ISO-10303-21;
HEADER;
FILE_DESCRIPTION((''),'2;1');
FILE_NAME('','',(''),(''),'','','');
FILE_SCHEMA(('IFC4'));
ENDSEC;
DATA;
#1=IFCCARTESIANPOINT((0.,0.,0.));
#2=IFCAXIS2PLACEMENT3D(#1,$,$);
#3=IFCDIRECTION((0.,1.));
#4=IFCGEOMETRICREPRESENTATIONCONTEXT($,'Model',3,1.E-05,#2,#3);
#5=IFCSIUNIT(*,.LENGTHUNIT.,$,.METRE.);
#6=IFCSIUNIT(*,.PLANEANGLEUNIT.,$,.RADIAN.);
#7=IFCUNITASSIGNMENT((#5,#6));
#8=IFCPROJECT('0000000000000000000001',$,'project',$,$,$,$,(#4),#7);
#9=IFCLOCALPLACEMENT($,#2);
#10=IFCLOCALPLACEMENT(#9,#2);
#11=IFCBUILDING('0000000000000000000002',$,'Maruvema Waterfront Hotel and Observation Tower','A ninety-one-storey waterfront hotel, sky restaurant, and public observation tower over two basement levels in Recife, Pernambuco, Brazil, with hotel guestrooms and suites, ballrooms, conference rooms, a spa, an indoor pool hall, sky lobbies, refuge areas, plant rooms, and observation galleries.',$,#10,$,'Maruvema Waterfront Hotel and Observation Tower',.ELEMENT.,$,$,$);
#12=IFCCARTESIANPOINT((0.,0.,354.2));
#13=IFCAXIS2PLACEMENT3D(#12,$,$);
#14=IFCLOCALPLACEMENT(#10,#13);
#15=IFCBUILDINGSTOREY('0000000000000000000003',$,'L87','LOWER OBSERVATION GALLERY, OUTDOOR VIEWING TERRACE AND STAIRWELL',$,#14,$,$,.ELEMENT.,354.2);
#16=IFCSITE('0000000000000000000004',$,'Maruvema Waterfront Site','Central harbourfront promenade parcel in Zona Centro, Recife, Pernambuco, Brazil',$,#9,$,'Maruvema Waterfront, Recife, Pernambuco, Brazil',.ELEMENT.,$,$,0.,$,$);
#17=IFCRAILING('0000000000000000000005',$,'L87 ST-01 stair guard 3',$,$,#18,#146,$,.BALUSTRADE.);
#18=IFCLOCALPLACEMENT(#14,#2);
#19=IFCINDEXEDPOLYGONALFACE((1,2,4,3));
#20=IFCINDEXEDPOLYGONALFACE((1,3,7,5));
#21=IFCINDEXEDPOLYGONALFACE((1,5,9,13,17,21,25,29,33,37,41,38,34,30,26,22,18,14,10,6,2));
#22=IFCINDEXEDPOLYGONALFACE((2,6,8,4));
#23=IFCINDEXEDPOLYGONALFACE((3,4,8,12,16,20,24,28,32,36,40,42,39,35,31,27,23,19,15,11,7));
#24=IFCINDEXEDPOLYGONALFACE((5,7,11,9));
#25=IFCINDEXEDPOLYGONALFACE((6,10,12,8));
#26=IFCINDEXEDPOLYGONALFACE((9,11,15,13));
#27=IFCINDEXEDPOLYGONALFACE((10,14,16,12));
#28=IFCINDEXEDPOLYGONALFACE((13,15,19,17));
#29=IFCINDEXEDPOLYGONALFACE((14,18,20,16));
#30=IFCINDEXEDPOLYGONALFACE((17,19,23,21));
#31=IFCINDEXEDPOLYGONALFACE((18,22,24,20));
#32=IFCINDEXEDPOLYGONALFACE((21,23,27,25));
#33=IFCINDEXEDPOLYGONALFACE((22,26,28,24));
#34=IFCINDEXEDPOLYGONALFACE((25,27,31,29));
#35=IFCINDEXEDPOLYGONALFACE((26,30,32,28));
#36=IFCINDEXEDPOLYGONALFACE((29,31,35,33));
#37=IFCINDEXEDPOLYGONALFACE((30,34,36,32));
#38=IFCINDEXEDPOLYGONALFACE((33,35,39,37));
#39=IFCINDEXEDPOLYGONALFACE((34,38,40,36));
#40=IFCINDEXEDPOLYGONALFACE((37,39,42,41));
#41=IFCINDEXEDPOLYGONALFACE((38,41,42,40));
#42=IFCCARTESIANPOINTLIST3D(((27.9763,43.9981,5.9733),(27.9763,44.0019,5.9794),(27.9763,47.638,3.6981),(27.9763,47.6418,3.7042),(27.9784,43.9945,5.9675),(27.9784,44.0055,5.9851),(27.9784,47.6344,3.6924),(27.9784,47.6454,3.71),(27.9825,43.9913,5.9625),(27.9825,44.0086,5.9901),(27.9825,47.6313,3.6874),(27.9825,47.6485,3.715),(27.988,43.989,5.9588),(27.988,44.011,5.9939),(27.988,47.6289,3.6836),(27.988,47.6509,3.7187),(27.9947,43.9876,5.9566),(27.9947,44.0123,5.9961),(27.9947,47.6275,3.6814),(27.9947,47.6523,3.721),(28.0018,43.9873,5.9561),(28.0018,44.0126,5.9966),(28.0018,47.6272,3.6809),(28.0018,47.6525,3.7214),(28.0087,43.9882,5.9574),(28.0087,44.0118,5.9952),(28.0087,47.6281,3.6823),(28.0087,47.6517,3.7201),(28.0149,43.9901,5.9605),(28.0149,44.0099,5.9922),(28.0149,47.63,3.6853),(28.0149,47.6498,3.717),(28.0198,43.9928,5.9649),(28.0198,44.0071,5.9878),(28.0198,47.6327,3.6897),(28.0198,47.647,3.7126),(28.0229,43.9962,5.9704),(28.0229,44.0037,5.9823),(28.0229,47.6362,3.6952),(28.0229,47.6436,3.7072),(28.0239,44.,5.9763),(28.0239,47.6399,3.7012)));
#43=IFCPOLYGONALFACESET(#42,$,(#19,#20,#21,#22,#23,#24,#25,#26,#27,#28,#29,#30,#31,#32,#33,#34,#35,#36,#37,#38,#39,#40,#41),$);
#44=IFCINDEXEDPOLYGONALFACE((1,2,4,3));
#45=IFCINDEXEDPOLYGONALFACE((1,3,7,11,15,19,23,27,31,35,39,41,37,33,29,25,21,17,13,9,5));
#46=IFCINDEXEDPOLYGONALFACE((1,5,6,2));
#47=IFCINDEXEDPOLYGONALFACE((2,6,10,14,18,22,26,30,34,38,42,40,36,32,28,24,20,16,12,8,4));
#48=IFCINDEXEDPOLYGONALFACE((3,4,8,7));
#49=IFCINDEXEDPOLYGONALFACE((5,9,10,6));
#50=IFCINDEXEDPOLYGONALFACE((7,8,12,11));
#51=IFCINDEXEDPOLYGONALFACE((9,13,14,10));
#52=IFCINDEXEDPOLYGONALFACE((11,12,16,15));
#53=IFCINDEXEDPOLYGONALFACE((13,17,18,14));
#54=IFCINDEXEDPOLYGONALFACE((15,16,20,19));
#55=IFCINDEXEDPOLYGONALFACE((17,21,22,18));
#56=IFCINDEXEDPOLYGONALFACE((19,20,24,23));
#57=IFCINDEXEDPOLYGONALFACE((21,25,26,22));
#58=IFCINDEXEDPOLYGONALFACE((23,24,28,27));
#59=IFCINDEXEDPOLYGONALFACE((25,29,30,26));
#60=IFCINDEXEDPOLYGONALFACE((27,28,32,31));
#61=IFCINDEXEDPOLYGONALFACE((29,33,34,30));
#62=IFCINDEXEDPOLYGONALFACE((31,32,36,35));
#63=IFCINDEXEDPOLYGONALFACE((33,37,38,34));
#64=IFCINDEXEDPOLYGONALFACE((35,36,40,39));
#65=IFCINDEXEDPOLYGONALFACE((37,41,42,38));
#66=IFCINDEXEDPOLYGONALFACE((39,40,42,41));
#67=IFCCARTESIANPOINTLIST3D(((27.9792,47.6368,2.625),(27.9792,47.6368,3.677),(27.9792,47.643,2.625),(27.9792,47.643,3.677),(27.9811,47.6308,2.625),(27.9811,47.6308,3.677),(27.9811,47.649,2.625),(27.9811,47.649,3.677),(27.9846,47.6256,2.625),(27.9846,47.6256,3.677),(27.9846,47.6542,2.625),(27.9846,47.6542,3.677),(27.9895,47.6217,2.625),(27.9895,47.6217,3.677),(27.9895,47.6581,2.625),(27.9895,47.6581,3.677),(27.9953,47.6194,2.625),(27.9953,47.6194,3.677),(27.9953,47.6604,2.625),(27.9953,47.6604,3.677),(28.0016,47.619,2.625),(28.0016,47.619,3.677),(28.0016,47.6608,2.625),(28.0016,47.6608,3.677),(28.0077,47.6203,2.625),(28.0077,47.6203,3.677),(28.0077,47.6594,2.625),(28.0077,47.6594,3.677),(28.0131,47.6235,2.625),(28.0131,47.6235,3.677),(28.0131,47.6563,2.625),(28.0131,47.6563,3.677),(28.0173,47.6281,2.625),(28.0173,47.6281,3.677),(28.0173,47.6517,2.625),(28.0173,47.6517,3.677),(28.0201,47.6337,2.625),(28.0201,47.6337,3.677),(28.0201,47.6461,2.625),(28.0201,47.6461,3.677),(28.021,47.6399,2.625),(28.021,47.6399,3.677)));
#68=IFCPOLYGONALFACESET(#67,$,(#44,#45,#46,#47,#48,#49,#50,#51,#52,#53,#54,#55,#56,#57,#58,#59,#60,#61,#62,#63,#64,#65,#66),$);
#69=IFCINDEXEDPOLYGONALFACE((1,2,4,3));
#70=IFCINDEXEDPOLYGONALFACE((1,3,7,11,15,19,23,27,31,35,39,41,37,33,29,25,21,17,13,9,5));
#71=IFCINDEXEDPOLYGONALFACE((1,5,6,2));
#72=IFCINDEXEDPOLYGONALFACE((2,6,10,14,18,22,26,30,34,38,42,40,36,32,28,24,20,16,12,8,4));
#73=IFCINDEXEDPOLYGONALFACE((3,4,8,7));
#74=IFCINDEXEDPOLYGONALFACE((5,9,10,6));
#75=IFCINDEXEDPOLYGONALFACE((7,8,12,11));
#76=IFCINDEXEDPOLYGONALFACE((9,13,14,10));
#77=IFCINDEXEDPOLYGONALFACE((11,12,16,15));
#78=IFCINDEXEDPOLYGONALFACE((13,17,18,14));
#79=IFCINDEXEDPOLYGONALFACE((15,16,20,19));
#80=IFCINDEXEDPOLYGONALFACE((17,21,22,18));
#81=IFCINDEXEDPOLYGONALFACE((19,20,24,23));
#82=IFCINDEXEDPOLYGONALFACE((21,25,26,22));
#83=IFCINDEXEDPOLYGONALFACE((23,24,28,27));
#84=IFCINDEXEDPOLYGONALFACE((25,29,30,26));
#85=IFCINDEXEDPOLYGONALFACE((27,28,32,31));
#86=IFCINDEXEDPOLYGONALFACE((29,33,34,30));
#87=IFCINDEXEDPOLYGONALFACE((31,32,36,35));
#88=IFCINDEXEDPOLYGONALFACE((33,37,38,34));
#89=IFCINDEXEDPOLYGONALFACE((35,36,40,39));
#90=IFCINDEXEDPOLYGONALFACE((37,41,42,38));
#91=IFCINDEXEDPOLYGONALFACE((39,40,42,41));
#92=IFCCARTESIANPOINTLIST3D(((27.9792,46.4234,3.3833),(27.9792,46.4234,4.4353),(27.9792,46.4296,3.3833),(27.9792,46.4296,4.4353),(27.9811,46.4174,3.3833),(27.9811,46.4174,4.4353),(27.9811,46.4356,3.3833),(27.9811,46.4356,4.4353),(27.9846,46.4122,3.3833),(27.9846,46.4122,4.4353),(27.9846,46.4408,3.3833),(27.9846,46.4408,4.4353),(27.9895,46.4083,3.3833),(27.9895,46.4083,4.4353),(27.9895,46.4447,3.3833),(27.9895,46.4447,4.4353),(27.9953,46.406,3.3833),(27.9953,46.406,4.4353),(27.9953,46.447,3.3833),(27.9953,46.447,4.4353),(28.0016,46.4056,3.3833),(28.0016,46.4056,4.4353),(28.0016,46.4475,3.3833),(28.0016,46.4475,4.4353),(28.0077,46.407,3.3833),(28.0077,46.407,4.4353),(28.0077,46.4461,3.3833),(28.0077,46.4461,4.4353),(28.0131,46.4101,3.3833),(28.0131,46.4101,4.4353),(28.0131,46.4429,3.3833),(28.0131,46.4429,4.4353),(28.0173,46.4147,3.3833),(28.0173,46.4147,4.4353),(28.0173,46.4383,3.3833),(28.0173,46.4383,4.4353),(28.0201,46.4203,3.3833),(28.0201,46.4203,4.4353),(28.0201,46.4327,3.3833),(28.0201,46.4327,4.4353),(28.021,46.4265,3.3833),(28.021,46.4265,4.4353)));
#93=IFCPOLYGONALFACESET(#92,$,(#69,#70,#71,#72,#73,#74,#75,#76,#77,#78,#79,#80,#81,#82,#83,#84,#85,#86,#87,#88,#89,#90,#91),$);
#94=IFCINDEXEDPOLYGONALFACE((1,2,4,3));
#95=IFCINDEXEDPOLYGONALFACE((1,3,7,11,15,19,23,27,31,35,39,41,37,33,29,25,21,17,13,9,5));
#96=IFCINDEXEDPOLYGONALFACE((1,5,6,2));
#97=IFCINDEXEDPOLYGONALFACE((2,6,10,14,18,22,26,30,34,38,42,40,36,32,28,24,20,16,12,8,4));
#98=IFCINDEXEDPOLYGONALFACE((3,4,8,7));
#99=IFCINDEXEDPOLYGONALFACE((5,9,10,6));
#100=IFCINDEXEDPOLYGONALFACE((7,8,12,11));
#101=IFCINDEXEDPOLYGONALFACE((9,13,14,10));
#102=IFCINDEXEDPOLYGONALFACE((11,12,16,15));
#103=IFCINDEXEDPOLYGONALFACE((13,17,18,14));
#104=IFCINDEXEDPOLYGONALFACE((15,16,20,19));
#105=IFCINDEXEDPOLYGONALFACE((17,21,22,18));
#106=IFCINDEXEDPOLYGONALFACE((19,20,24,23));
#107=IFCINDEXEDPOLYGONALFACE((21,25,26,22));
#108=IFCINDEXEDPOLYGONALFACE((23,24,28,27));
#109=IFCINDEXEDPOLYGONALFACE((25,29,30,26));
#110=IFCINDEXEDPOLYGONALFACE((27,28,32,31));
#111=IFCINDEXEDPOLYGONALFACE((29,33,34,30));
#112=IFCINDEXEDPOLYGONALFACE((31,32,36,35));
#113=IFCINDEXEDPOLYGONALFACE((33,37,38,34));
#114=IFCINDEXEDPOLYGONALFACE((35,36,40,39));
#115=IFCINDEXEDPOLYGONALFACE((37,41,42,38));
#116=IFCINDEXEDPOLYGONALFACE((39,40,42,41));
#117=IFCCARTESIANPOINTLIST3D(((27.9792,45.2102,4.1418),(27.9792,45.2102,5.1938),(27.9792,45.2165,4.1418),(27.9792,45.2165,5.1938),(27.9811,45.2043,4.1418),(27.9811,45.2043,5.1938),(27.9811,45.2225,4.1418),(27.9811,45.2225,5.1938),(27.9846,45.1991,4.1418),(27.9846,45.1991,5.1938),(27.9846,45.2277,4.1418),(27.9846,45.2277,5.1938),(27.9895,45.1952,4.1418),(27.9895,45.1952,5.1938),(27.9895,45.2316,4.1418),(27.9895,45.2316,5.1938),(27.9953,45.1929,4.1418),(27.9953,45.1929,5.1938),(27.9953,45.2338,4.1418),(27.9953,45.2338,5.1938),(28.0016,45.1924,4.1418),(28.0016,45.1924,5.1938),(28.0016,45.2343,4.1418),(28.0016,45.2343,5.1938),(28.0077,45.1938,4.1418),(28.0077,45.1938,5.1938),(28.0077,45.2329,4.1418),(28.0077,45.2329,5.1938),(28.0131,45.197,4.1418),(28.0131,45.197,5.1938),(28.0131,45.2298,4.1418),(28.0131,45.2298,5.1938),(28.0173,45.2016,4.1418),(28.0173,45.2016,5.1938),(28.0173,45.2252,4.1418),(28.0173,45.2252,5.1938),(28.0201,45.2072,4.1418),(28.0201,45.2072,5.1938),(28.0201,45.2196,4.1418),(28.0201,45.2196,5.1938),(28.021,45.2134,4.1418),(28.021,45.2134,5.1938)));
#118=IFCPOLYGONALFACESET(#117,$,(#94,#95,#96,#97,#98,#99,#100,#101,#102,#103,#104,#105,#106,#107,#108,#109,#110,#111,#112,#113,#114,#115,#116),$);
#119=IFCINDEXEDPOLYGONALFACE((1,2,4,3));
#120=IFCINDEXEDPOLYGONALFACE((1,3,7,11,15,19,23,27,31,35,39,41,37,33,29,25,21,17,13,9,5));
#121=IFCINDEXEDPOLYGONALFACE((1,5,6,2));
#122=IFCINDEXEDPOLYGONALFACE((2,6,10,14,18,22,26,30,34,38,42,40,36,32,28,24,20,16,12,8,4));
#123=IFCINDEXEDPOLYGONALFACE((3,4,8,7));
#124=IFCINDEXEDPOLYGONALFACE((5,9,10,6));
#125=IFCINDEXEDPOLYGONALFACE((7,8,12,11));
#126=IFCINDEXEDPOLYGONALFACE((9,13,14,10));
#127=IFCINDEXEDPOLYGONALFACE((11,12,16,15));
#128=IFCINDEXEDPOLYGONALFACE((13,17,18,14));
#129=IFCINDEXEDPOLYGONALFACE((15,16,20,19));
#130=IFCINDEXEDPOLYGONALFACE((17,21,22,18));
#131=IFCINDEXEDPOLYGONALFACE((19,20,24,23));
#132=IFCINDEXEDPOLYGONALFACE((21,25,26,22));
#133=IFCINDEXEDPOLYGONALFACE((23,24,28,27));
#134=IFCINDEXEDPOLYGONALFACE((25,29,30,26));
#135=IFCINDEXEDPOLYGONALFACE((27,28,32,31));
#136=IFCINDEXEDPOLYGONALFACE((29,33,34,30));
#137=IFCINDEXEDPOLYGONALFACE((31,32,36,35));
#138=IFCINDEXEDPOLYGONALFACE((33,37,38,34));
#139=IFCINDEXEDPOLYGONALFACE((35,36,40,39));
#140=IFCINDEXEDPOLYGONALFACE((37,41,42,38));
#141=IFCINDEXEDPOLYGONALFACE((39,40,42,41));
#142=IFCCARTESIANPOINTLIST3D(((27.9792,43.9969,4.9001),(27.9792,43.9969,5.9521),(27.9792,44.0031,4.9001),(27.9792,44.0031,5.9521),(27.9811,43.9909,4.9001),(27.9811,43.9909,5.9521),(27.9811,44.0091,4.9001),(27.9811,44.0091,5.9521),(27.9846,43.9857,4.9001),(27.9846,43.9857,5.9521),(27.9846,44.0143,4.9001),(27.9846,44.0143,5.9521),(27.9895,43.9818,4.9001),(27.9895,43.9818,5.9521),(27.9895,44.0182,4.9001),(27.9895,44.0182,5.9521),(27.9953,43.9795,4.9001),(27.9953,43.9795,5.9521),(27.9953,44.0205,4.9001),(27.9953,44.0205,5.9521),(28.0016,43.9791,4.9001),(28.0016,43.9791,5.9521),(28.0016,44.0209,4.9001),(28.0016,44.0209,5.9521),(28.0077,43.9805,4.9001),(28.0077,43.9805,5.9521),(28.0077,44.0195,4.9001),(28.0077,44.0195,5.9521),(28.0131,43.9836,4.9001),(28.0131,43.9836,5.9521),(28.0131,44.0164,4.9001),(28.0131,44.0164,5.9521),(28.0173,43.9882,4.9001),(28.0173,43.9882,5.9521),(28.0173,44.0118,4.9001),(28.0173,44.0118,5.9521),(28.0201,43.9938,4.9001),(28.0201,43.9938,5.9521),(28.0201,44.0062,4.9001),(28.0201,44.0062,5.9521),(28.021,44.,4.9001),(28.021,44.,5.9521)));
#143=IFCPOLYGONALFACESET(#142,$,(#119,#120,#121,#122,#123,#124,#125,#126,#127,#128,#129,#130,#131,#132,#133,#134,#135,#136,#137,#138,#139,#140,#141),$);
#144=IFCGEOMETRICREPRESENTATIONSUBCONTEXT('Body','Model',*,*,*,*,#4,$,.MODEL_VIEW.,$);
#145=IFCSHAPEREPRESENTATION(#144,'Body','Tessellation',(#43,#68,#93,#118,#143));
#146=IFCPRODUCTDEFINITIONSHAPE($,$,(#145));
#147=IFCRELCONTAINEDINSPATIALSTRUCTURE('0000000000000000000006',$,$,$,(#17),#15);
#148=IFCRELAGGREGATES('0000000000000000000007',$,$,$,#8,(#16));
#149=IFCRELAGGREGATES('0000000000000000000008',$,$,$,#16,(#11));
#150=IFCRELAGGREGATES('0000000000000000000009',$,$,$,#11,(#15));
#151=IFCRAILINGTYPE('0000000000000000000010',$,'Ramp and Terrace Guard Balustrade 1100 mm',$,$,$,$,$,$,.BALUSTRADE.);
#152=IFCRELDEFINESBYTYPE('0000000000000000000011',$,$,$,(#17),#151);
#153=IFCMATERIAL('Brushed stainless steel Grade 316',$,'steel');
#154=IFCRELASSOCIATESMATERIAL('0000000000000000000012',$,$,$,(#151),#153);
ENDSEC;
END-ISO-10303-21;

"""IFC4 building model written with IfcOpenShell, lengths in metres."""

from ifc_helpers import new_model, si_unit, direction, frame, origin, origin_2d, place, context, subcontext, project, spatial, circle, extrude, material, type_object, element, save


model = new_model("IFC4")

# Units and contexts
model_context = context("Model", 3, precision=1e-05, world=origin(), true_north=direction((0.0, 1.0)))
body_context = subcontext(model_context, "Body", "Model", "MODEL_VIEW")
ifc_project = project(units=[si_unit("LENGTHUNIT", "METRE"), si_unit("PLANEANGLEUNIT", "RADIAN")], contexts=[model_context])

# Site, building, storey
site_placement = place(None, origin())
site = spatial("IfcSite", under=ifc_project, at=site_placement, Name="Maruvema Waterfront Site", Description="Central harbourfront promenade parcel in Zona Centro, Recife, Pernambuco, Brazil", LongName="Maruvema Waterfront, Recife, Pernambuco, Brazil", CompositionType="ELEMENT", RefElevation=0.0)
building_placement = place(site_placement, origin())
building = spatial("IfcBuilding", under=site, at=building_placement, Name="Maruvema Waterfront Hotel and Observation Tower", Description="A ninety-one-storey waterfront hotel, sky restaurant, and public observation tower over two basement levels in Recife, Pernambuco, Brazil, with hotel guestrooms and suites, ballrooms, conference rooms, a spa, an indoor pool hall, sky lobbies, refuge areas, plant rooms, and observation galleries.", LongName="Maruvema Waterfront Hotel and Observation Tower", CompositionType="ELEMENT")
storey_placement = place(building_placement, frame((0.0, 0.0, 354.2)))
storey = spatial("IfcBuildingStorey", under=building, at=storey_placement, Name="L87", Description="LOWER OBSERVATION GALLERY, OUTDOOR VIEWING TERRACE AND STAIRWELL", CompositionType="ELEMENT", Elevation=354.2)

# Railing
ifc_material_1 = material(Name="Brushed stainless steel Grade 316", Category="steel")
railing_type_1 = type_object("IfcRailingType", Name="Ramp and Terrace Guard Balustrade 1100 mm", PredefinedType="BALUSTRADE", material=ifc_material_1)
railing_1_placement = place(storey_placement, frame((28.0, 47.6399, 2.625)))
element("IfcRailing", 1, at=railing_1_placement, inside=storey, type_object=railing_type_1, Name="L87 ST-01 stair guard 3", PredefinedType="BALUSTRADE", context=body_context, shape_type="SweptSolid", body=[
    extrude(circle(Radius=0.0239, at=origin_2d()), frame((0.0, 0.0, 1.0762), z_axis=(0.0, -0.847976, 0.530035), x_axis=(1.0, 0.0, 0.0)), (0.0, 0.0, 1.0), 4.2925),
    extrude(circle(Radius=0.021, at=origin_2d()), origin(), (0.0, 0.0, 1.0), 1.052),
    extrude(circle(Radius=0.021, at=origin_2d()), frame((0.0, -1.2134, 0.7583)), (0.0, 0.0, 1.0), 1.052),
    extrude(circle(Radius=0.021, at=origin_2d()), frame((0.0, -2.4265, 1.5168)), (0.0, 0.0, 1.0), 1.052),
    extrude(circle(Radius=0.021, at=origin_2d()), frame((0.0, -3.6399, 2.2751)), (0.0, 0.0, 1.0), 1.052),
])

save(model, "model.ifc")
